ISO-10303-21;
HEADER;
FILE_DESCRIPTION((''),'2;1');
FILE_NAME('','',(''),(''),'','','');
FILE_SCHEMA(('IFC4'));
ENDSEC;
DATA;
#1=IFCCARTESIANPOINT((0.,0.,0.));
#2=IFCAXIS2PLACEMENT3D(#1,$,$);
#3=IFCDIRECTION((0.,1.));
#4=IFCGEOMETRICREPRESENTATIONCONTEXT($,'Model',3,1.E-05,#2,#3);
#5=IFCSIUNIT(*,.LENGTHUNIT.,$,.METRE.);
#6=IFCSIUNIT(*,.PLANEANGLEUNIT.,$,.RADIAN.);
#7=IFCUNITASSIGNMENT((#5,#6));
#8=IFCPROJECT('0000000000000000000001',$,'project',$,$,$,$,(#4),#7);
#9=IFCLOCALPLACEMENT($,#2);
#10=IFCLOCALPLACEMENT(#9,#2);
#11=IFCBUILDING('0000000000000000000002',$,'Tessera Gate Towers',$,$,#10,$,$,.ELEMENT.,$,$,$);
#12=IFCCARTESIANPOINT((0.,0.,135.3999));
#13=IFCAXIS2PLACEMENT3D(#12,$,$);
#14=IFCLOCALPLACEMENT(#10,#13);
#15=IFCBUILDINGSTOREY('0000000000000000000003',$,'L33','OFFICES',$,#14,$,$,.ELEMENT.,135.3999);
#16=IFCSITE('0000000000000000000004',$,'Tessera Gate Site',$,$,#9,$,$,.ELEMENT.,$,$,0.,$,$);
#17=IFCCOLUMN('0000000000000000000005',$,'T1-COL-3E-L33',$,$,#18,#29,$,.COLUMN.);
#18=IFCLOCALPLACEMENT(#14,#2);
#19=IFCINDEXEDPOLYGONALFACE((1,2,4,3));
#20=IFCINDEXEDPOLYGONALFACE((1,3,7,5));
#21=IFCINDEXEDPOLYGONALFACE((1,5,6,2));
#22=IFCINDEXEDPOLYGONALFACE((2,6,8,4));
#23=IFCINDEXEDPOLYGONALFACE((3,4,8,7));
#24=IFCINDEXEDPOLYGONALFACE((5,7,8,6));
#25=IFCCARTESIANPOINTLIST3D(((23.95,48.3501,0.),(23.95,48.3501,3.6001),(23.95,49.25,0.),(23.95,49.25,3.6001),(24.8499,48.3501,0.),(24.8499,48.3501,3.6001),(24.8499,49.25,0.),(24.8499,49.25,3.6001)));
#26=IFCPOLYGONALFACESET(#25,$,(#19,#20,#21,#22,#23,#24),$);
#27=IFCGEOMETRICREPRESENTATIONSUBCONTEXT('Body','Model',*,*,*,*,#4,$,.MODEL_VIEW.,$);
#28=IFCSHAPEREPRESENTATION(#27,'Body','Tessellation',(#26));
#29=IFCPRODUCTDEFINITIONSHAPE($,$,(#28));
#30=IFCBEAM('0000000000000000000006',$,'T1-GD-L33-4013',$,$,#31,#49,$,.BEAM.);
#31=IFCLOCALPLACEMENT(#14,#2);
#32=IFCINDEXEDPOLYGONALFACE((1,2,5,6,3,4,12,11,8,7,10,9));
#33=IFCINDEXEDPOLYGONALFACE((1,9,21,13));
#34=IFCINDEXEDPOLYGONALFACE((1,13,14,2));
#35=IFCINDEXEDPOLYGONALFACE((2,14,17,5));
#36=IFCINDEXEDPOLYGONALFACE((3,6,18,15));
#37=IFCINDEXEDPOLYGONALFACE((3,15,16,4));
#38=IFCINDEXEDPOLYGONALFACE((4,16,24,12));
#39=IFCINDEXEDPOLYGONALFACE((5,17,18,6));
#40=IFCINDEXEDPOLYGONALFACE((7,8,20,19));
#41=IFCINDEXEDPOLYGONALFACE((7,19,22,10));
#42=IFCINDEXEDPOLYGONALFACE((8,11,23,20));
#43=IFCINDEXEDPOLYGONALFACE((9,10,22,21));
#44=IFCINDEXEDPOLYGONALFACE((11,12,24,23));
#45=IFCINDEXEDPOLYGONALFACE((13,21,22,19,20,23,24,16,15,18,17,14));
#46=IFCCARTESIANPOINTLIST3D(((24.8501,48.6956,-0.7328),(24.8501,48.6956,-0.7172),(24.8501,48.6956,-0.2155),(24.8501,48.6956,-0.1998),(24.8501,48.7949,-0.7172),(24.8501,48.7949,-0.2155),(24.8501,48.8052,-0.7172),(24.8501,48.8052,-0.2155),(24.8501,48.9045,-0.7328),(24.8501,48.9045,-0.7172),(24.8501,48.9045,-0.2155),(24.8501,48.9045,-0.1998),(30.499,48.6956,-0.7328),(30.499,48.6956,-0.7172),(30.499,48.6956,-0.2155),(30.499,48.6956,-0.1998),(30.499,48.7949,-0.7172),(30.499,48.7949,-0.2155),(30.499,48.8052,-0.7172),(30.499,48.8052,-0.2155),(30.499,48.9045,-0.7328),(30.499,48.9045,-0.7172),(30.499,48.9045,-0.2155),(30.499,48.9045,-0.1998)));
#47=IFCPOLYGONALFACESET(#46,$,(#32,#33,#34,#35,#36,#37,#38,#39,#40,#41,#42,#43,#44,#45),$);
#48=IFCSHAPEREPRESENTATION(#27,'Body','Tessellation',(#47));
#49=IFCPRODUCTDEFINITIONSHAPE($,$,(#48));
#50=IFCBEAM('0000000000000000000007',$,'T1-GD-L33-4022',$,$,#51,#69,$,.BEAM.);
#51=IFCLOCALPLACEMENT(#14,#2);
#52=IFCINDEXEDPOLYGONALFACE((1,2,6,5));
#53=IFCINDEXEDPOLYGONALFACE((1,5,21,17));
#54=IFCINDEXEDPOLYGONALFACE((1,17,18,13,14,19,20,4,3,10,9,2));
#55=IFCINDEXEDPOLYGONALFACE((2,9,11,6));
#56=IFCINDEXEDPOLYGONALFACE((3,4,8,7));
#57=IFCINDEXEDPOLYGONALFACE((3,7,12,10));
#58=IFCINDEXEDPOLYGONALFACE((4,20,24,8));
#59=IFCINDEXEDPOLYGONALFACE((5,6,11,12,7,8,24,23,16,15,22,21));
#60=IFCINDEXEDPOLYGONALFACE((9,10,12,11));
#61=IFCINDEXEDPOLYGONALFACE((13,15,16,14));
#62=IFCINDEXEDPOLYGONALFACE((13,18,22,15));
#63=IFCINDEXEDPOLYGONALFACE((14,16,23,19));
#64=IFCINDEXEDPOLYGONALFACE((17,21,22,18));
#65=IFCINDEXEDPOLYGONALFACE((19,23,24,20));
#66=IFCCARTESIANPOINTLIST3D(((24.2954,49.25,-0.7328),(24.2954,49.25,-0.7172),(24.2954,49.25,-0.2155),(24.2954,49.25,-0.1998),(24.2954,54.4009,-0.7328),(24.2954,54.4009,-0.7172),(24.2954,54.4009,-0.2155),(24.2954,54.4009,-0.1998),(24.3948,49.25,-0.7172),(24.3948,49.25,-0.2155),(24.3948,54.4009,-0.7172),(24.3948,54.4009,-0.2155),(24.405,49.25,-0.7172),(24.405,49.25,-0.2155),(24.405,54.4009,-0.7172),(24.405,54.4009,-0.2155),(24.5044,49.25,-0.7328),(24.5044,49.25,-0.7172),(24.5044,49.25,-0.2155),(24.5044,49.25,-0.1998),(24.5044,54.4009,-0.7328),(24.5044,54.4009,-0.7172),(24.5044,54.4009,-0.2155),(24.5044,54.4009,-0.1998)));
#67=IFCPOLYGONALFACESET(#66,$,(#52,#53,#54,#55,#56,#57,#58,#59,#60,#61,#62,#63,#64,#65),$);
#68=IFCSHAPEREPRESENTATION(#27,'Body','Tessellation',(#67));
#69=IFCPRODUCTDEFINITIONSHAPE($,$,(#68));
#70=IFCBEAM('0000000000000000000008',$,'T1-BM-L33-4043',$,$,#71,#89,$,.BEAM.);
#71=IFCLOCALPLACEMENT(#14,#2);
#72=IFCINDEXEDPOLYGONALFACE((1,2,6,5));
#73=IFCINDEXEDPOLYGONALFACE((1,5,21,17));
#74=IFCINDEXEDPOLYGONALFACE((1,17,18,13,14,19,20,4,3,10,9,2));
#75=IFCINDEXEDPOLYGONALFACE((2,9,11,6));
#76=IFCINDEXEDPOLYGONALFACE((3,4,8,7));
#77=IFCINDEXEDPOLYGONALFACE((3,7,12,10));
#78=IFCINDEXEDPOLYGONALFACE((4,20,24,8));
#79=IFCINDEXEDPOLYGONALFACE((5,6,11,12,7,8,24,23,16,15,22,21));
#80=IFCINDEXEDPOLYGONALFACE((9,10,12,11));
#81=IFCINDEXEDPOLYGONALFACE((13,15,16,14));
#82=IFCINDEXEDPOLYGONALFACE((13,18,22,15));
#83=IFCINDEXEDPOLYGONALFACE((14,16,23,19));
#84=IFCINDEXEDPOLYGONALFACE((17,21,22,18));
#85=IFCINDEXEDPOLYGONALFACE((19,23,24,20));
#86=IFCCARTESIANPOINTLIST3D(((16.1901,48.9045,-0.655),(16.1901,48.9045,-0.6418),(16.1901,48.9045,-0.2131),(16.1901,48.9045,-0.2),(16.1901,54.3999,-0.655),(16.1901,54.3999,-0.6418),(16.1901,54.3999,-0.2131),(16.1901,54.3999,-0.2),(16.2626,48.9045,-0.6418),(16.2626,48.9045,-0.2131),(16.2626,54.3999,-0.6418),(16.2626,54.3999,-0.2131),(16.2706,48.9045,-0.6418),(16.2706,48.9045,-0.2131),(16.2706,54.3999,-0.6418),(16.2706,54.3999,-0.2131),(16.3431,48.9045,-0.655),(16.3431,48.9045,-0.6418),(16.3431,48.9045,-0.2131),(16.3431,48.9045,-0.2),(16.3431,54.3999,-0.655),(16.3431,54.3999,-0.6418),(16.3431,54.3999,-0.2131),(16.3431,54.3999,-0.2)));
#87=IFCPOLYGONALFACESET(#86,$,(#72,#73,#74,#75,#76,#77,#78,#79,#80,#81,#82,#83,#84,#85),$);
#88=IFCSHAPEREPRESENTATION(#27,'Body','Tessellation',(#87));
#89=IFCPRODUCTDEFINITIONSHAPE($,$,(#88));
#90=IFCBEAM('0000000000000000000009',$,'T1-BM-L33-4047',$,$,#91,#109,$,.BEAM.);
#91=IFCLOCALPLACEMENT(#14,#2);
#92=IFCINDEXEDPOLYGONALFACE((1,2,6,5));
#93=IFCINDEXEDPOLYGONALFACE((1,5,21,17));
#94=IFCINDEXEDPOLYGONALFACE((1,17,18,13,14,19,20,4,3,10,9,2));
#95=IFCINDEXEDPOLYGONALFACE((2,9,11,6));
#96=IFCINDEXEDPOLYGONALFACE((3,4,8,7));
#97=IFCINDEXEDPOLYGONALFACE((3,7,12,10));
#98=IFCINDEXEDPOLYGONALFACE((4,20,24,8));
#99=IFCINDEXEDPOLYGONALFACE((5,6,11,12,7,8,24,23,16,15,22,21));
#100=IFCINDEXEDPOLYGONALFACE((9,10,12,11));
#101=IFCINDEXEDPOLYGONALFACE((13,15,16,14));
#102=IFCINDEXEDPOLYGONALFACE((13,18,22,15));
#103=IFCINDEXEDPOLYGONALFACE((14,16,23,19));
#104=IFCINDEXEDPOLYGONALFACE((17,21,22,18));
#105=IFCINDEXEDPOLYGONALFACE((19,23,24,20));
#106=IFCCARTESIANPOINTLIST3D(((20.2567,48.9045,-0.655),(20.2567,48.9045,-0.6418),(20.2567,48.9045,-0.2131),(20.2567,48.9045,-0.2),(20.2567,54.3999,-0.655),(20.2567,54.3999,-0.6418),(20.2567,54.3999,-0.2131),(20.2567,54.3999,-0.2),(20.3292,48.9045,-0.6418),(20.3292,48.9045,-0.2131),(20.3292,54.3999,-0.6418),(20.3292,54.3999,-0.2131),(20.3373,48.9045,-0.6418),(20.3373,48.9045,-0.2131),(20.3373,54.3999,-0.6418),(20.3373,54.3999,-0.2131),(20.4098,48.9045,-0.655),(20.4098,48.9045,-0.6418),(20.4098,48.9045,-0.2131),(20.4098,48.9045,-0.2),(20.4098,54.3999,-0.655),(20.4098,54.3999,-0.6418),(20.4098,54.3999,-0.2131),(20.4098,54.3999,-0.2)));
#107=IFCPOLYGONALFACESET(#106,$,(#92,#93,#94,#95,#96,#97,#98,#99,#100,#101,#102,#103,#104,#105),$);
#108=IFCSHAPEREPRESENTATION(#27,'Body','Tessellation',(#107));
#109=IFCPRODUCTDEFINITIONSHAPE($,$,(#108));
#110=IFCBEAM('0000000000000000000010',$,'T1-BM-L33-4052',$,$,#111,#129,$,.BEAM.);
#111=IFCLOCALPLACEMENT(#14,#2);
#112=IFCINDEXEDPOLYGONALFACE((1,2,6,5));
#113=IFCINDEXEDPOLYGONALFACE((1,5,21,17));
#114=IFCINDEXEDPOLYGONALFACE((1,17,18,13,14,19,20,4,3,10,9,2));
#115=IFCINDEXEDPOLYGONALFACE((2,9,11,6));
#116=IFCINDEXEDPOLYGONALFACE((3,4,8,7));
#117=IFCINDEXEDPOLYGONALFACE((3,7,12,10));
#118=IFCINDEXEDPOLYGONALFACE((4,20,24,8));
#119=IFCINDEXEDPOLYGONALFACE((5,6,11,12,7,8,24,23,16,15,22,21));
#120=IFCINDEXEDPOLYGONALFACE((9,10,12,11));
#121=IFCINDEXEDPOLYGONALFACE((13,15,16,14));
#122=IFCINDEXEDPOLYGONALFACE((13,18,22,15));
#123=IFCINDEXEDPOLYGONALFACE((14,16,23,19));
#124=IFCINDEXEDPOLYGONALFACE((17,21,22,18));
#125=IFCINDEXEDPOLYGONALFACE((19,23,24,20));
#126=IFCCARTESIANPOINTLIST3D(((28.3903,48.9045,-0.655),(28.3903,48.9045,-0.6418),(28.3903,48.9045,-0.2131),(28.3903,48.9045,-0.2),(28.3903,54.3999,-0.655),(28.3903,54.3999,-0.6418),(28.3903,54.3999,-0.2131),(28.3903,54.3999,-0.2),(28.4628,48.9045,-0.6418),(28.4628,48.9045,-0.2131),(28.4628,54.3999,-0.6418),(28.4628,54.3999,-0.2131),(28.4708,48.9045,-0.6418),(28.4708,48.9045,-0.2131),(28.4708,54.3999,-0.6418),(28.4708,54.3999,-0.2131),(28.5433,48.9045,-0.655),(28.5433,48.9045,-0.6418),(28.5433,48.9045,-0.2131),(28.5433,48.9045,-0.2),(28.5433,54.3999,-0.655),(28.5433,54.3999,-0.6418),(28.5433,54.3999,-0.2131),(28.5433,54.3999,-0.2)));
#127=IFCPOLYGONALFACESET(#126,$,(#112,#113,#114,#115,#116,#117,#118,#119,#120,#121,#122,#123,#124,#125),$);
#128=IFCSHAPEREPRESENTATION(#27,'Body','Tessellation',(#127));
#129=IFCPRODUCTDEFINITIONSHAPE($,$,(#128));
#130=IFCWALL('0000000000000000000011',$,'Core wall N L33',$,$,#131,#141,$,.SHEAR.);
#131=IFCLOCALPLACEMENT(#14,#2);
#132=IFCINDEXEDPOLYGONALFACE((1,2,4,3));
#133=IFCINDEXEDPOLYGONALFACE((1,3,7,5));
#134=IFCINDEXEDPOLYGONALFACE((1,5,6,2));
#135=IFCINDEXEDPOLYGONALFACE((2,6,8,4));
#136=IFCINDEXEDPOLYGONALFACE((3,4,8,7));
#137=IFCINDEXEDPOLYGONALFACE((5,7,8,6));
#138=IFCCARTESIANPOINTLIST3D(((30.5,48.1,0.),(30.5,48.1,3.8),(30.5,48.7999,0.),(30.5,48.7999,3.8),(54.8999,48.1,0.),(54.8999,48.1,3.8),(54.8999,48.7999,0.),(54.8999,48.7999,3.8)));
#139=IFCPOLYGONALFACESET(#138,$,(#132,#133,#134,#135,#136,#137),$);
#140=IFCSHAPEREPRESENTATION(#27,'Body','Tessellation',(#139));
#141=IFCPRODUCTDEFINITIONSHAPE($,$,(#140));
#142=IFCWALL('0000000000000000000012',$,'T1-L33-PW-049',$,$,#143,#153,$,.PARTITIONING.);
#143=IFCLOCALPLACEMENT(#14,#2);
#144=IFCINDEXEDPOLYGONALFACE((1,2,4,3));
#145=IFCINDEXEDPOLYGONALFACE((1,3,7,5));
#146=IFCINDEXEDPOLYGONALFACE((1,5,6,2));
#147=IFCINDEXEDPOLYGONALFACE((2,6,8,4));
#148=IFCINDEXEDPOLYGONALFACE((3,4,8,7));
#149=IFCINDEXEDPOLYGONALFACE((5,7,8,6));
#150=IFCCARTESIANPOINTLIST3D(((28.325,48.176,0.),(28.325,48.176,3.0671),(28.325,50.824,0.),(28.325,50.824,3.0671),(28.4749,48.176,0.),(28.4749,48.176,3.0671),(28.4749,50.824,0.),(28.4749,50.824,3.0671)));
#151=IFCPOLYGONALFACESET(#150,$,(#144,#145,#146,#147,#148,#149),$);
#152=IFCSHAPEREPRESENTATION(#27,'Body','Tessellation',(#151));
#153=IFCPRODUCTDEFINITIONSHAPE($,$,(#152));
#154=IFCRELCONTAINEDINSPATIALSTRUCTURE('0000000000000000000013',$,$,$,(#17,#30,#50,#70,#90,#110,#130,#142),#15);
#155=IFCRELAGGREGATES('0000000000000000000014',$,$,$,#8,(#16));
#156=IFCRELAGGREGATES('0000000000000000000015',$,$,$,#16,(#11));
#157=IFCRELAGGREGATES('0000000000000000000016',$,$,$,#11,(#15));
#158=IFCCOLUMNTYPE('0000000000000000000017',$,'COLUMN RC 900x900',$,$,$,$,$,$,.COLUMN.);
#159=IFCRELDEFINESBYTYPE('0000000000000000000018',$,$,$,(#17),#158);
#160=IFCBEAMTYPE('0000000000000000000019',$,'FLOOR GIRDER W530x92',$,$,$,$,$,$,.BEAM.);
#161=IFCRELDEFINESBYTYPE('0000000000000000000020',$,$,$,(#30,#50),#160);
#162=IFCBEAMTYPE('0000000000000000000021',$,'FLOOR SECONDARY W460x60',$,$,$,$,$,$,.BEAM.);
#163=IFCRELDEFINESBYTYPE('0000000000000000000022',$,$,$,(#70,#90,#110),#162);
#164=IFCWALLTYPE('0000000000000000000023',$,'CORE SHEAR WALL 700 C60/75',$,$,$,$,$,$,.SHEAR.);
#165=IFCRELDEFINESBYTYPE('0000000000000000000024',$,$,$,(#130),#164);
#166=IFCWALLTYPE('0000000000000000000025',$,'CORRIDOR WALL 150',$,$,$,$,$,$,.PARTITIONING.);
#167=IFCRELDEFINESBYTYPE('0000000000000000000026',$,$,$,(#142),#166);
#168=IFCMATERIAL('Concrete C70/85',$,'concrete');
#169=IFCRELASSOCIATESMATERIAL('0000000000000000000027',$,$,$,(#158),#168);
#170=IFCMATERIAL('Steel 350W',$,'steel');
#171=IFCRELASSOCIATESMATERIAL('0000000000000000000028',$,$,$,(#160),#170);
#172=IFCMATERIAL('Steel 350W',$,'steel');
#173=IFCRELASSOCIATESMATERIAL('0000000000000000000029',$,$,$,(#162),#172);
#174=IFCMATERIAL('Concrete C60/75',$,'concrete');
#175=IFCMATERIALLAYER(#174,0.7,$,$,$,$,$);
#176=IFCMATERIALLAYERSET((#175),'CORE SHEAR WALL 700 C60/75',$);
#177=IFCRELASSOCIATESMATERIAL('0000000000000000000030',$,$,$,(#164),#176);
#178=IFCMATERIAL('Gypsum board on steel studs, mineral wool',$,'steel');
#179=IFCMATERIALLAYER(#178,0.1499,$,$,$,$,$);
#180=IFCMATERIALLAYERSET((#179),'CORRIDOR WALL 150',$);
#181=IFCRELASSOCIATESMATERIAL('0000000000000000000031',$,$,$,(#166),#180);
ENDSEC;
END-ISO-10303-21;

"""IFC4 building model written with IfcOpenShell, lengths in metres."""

from ifc_helpers import new_model, si_unit, direction, frame, frame_2d, origin, origin_2d, place, context, subcontext, project, spatial, rectangle, i_section, extrude, material, layer, layer_set, material_profile, profile_set, type_object, element, save


model = new_model("IFC4")

# Units and contexts
model_context = context("Model", 3, precision=1e-05, world=origin(), true_north=direction((0.0, 1.0)))
body_context = subcontext(model_context, "Body", "Model", "MODEL_VIEW")
ifc_project = project(units=[si_unit("LENGTHUNIT", "METRE"), si_unit("PLANEANGLEUNIT", "RADIAN")], contexts=[model_context])

# Site, building, storey
site_placement = place(None, origin())
site = spatial("IfcSite", under=ifc_project, at=site_placement, Name="Tessera Gate Site", CompositionType="ELEMENT", RefElevation=0.0)
building_placement = place(site_placement, origin())
building = spatial("IfcBuilding", under=site, at=building_placement, Name="Tessera Gate Towers", CompositionType="ELEMENT")
storey_placement = place(building_placement, frame((0.0, 0.0, 135.3999)))
storey = spatial("IfcBuildingStorey", under=building, at=storey_placement, Name="L33", Description="OFFICES", CompositionType="ELEMENT", Elevation=135.3999)

# Column
ifc_material_1 = material(Name="Concrete C70/85", Category="concrete")
ifc_material_profile_1 = material_profile(ifc_material_1, rectangle(XDim=0.8999, YDim=0.8999, at=origin_2d()), Name="RC 900x900")
ifc_profile_set_1 = profile_set([ifc_material_profile_1], Name="Concrete C70/85")
column_type = type_object("IfcColumnType", Name="COLUMN RC 900x900", PredefinedType="COLUMN", material=ifc_profile_set_1)
column_placement = place(storey_placement, frame((24.3999, 48.8, 0.0), z_axis=(0.0, 0.0, 1.0), x_axis=(1.0, 0.0, 0.0)))
element("IfcColumn", 1, at=column_placement, inside=storey, type_object=column_type, Name="T1-COL-3E-L33", PredefinedType="COLUMN", context=body_context, shape_type="SweptSolid", body=[
    extrude(rectangle(XDim=0.8999, YDim=0.8999, at=origin_2d()), origin(), (0.0, 0.0, 1.0), 3.6001),
])

# Beams
ifc_material_2 = material(Name="Steel 350W", Category="steel")
ifc_material_profile_2 = material_profile(ifc_material_2, i_section(OverallWidth=0.209, OverallDepth=0.533, WebThickness=0.0103, FlangeThickness=0.0156, at=origin_2d()), Name="W530x92")
ifc_profile_set_2 = profile_set([ifc_material_profile_2], Name="Steel 350W")
beam_type_1 = type_object("IfcBeamType", Name="FLOOR GIRDER W530x92", PredefinedType="BEAM", material=ifc_profile_set_2)
beam_1_placement = place(storey_placement, frame((24.8501, 48.8, -0.4663), z_axis=(1.0, 0.0, 0.0), x_axis=(0.0, 1.0, 0.0)))
element("IfcBeam", 2, at=beam_1_placement, inside=storey, type_object=beam_type_1, Name="T1-GD-L33-4013", PredefinedType="BEAM", context=body_context, shape_type="SweptSolid", body=[
    extrude(i_section(OverallWidth=0.209, OverallDepth=0.533, WebThickness=0.0103, FlangeThickness=0.0156, at=origin_2d()), origin(), (0.0, 0.0, 1.0), 5.6489),
])
beam_2_placement = place(storey_placement, frame((24.3999, 49.25, -0.4663), z_axis=(0.0, 1.0, 0.0), x_axis=(-1.0, 0.0, 0.0)))
element("IfcBeam", 3, at=beam_2_placement, inside=storey, type_object=beam_type_1, Name="T1-GD-L33-4022", PredefinedType="BEAM", context=body_context, shape_type="SweptSolid", body=[
    extrude(i_section(OverallWidth=0.209, OverallDepth=0.533, WebThickness=0.0103, FlangeThickness=0.0156, at=origin_2d()), origin(), (0.0, 0.0, 1.0), 5.1509),
])
ifc_material_3 = material(Name="Steel 350W", Category="steel")
ifc_material_profile_3 = material_profile(ifc_material_3, i_section(OverallWidth=0.1531, OverallDepth=0.4551, WebThickness=0.0081, FlangeThickness=0.0132, at=origin_2d()), Name="W460x60")
ifc_profile_set_3 = profile_set([ifc_material_profile_3], Name="Steel 350W")
beam_type_2 = type_object("IfcBeamType", Name="FLOOR SECONDARY W460x60", PredefinedType="BEAM", material=ifc_profile_set_3)
for number, where, z_axis, x_axis, name in (
    (4, (16.2666, 48.9045, -0.4275), (0.0, 1.0, 0.0), (-1.0, 0.0, 0.0), "T1-BM-L33-4043"),
    (5, (20.3333, 48.9045, -0.4275), (0.0, 1.0, 0.0), (-1.0, 0.0, 0.0), "T1-BM-L33-4047"),
    (6, (28.4668, 48.9045, -0.4275), (0.0, 1.0, 0.0), (-1.0, 0.0, 0.0), "T1-BM-L33-4052"),
):
    element("IfcBeam", number, at=place(storey_placement, frame(where, z_axis=z_axis, x_axis=x_axis)), inside=storey, type_object=beam_type_2, Name=name, PredefinedType="BEAM", context=body_context, shape_type="SweptSolid", body=[
        extrude(i_section(OverallWidth=0.1531, OverallDepth=0.4551, WebThickness=0.0081, FlangeThickness=0.0132, at=origin_2d()), origin(), (0.0, 0.0, 1.0), 5.4954),
    ])

# Walls
ifc_material_4 = material(Name="Concrete C60/75", Category="concrete")
ifc_layer_1 = layer(ifc_material_4, 0.7)
ifc_layer_set_1 = layer_set([ifc_layer_1], Name="CORE SHEAR WALL 700 C60/75")
wall_type_1 = type_object("IfcWallType", Name="CORE SHEAR WALL 700 C60/75", PredefinedType="SHEAR", material=ifc_layer_set_1)
wall_1_placement = place(storey_placement, frame((30.5, 48.45, 0.0), z_axis=(0.0, 0.0, 1.0), x_axis=(1.0, 0.0, 0.0)))
element("IfcWall", 7, at=wall_1_placement, inside=storey, type_object=wall_type_1, Name="Core wall N L33", PredefinedType="SHEAR", context=body_context, shape_type="SweptSolid", body=[
    extrude(rectangle(XDim=24.3999, YDim=0.7, at=frame_2d((12.2, 0.0))), origin(), (0.0, 0.0, 1.0), 3.8),
])
ifc_material_5 = material(Name="Gypsum board on steel studs, mineral wool", Category="steel")
ifc_layer_2 = layer(ifc_material_5, 0.1499)
ifc_layer_set_2 = layer_set([ifc_layer_2], Name="CORRIDOR WALL 150")
wall_type_2 = type_object("IfcWallType", Name="CORRIDOR WALL 150", PredefinedType="PARTITIONING", material=ifc_layer_set_2)
wall_2_placement = place(storey_placement, frame((28.3999, 48.176, 0.0), z_axis=(0.0, 0.0, 1.0), x_axis=(0.0, 1.0, 0.0)))
element("IfcWall", 8, at=wall_2_placement, inside=storey, type_object=wall_type_2, Name="T1-L33-PW-049", PredefinedType="PARTITIONING", context=body_context, shape_type="SweptSolid", body=[
    extrude(rectangle(XDim=2.6479, YDim=0.1499, at=frame_2d((1.324, 0.0))), origin(), (0.0, 0.0, 1.0), 3.0671),
])

save(model, "model.ifc")
